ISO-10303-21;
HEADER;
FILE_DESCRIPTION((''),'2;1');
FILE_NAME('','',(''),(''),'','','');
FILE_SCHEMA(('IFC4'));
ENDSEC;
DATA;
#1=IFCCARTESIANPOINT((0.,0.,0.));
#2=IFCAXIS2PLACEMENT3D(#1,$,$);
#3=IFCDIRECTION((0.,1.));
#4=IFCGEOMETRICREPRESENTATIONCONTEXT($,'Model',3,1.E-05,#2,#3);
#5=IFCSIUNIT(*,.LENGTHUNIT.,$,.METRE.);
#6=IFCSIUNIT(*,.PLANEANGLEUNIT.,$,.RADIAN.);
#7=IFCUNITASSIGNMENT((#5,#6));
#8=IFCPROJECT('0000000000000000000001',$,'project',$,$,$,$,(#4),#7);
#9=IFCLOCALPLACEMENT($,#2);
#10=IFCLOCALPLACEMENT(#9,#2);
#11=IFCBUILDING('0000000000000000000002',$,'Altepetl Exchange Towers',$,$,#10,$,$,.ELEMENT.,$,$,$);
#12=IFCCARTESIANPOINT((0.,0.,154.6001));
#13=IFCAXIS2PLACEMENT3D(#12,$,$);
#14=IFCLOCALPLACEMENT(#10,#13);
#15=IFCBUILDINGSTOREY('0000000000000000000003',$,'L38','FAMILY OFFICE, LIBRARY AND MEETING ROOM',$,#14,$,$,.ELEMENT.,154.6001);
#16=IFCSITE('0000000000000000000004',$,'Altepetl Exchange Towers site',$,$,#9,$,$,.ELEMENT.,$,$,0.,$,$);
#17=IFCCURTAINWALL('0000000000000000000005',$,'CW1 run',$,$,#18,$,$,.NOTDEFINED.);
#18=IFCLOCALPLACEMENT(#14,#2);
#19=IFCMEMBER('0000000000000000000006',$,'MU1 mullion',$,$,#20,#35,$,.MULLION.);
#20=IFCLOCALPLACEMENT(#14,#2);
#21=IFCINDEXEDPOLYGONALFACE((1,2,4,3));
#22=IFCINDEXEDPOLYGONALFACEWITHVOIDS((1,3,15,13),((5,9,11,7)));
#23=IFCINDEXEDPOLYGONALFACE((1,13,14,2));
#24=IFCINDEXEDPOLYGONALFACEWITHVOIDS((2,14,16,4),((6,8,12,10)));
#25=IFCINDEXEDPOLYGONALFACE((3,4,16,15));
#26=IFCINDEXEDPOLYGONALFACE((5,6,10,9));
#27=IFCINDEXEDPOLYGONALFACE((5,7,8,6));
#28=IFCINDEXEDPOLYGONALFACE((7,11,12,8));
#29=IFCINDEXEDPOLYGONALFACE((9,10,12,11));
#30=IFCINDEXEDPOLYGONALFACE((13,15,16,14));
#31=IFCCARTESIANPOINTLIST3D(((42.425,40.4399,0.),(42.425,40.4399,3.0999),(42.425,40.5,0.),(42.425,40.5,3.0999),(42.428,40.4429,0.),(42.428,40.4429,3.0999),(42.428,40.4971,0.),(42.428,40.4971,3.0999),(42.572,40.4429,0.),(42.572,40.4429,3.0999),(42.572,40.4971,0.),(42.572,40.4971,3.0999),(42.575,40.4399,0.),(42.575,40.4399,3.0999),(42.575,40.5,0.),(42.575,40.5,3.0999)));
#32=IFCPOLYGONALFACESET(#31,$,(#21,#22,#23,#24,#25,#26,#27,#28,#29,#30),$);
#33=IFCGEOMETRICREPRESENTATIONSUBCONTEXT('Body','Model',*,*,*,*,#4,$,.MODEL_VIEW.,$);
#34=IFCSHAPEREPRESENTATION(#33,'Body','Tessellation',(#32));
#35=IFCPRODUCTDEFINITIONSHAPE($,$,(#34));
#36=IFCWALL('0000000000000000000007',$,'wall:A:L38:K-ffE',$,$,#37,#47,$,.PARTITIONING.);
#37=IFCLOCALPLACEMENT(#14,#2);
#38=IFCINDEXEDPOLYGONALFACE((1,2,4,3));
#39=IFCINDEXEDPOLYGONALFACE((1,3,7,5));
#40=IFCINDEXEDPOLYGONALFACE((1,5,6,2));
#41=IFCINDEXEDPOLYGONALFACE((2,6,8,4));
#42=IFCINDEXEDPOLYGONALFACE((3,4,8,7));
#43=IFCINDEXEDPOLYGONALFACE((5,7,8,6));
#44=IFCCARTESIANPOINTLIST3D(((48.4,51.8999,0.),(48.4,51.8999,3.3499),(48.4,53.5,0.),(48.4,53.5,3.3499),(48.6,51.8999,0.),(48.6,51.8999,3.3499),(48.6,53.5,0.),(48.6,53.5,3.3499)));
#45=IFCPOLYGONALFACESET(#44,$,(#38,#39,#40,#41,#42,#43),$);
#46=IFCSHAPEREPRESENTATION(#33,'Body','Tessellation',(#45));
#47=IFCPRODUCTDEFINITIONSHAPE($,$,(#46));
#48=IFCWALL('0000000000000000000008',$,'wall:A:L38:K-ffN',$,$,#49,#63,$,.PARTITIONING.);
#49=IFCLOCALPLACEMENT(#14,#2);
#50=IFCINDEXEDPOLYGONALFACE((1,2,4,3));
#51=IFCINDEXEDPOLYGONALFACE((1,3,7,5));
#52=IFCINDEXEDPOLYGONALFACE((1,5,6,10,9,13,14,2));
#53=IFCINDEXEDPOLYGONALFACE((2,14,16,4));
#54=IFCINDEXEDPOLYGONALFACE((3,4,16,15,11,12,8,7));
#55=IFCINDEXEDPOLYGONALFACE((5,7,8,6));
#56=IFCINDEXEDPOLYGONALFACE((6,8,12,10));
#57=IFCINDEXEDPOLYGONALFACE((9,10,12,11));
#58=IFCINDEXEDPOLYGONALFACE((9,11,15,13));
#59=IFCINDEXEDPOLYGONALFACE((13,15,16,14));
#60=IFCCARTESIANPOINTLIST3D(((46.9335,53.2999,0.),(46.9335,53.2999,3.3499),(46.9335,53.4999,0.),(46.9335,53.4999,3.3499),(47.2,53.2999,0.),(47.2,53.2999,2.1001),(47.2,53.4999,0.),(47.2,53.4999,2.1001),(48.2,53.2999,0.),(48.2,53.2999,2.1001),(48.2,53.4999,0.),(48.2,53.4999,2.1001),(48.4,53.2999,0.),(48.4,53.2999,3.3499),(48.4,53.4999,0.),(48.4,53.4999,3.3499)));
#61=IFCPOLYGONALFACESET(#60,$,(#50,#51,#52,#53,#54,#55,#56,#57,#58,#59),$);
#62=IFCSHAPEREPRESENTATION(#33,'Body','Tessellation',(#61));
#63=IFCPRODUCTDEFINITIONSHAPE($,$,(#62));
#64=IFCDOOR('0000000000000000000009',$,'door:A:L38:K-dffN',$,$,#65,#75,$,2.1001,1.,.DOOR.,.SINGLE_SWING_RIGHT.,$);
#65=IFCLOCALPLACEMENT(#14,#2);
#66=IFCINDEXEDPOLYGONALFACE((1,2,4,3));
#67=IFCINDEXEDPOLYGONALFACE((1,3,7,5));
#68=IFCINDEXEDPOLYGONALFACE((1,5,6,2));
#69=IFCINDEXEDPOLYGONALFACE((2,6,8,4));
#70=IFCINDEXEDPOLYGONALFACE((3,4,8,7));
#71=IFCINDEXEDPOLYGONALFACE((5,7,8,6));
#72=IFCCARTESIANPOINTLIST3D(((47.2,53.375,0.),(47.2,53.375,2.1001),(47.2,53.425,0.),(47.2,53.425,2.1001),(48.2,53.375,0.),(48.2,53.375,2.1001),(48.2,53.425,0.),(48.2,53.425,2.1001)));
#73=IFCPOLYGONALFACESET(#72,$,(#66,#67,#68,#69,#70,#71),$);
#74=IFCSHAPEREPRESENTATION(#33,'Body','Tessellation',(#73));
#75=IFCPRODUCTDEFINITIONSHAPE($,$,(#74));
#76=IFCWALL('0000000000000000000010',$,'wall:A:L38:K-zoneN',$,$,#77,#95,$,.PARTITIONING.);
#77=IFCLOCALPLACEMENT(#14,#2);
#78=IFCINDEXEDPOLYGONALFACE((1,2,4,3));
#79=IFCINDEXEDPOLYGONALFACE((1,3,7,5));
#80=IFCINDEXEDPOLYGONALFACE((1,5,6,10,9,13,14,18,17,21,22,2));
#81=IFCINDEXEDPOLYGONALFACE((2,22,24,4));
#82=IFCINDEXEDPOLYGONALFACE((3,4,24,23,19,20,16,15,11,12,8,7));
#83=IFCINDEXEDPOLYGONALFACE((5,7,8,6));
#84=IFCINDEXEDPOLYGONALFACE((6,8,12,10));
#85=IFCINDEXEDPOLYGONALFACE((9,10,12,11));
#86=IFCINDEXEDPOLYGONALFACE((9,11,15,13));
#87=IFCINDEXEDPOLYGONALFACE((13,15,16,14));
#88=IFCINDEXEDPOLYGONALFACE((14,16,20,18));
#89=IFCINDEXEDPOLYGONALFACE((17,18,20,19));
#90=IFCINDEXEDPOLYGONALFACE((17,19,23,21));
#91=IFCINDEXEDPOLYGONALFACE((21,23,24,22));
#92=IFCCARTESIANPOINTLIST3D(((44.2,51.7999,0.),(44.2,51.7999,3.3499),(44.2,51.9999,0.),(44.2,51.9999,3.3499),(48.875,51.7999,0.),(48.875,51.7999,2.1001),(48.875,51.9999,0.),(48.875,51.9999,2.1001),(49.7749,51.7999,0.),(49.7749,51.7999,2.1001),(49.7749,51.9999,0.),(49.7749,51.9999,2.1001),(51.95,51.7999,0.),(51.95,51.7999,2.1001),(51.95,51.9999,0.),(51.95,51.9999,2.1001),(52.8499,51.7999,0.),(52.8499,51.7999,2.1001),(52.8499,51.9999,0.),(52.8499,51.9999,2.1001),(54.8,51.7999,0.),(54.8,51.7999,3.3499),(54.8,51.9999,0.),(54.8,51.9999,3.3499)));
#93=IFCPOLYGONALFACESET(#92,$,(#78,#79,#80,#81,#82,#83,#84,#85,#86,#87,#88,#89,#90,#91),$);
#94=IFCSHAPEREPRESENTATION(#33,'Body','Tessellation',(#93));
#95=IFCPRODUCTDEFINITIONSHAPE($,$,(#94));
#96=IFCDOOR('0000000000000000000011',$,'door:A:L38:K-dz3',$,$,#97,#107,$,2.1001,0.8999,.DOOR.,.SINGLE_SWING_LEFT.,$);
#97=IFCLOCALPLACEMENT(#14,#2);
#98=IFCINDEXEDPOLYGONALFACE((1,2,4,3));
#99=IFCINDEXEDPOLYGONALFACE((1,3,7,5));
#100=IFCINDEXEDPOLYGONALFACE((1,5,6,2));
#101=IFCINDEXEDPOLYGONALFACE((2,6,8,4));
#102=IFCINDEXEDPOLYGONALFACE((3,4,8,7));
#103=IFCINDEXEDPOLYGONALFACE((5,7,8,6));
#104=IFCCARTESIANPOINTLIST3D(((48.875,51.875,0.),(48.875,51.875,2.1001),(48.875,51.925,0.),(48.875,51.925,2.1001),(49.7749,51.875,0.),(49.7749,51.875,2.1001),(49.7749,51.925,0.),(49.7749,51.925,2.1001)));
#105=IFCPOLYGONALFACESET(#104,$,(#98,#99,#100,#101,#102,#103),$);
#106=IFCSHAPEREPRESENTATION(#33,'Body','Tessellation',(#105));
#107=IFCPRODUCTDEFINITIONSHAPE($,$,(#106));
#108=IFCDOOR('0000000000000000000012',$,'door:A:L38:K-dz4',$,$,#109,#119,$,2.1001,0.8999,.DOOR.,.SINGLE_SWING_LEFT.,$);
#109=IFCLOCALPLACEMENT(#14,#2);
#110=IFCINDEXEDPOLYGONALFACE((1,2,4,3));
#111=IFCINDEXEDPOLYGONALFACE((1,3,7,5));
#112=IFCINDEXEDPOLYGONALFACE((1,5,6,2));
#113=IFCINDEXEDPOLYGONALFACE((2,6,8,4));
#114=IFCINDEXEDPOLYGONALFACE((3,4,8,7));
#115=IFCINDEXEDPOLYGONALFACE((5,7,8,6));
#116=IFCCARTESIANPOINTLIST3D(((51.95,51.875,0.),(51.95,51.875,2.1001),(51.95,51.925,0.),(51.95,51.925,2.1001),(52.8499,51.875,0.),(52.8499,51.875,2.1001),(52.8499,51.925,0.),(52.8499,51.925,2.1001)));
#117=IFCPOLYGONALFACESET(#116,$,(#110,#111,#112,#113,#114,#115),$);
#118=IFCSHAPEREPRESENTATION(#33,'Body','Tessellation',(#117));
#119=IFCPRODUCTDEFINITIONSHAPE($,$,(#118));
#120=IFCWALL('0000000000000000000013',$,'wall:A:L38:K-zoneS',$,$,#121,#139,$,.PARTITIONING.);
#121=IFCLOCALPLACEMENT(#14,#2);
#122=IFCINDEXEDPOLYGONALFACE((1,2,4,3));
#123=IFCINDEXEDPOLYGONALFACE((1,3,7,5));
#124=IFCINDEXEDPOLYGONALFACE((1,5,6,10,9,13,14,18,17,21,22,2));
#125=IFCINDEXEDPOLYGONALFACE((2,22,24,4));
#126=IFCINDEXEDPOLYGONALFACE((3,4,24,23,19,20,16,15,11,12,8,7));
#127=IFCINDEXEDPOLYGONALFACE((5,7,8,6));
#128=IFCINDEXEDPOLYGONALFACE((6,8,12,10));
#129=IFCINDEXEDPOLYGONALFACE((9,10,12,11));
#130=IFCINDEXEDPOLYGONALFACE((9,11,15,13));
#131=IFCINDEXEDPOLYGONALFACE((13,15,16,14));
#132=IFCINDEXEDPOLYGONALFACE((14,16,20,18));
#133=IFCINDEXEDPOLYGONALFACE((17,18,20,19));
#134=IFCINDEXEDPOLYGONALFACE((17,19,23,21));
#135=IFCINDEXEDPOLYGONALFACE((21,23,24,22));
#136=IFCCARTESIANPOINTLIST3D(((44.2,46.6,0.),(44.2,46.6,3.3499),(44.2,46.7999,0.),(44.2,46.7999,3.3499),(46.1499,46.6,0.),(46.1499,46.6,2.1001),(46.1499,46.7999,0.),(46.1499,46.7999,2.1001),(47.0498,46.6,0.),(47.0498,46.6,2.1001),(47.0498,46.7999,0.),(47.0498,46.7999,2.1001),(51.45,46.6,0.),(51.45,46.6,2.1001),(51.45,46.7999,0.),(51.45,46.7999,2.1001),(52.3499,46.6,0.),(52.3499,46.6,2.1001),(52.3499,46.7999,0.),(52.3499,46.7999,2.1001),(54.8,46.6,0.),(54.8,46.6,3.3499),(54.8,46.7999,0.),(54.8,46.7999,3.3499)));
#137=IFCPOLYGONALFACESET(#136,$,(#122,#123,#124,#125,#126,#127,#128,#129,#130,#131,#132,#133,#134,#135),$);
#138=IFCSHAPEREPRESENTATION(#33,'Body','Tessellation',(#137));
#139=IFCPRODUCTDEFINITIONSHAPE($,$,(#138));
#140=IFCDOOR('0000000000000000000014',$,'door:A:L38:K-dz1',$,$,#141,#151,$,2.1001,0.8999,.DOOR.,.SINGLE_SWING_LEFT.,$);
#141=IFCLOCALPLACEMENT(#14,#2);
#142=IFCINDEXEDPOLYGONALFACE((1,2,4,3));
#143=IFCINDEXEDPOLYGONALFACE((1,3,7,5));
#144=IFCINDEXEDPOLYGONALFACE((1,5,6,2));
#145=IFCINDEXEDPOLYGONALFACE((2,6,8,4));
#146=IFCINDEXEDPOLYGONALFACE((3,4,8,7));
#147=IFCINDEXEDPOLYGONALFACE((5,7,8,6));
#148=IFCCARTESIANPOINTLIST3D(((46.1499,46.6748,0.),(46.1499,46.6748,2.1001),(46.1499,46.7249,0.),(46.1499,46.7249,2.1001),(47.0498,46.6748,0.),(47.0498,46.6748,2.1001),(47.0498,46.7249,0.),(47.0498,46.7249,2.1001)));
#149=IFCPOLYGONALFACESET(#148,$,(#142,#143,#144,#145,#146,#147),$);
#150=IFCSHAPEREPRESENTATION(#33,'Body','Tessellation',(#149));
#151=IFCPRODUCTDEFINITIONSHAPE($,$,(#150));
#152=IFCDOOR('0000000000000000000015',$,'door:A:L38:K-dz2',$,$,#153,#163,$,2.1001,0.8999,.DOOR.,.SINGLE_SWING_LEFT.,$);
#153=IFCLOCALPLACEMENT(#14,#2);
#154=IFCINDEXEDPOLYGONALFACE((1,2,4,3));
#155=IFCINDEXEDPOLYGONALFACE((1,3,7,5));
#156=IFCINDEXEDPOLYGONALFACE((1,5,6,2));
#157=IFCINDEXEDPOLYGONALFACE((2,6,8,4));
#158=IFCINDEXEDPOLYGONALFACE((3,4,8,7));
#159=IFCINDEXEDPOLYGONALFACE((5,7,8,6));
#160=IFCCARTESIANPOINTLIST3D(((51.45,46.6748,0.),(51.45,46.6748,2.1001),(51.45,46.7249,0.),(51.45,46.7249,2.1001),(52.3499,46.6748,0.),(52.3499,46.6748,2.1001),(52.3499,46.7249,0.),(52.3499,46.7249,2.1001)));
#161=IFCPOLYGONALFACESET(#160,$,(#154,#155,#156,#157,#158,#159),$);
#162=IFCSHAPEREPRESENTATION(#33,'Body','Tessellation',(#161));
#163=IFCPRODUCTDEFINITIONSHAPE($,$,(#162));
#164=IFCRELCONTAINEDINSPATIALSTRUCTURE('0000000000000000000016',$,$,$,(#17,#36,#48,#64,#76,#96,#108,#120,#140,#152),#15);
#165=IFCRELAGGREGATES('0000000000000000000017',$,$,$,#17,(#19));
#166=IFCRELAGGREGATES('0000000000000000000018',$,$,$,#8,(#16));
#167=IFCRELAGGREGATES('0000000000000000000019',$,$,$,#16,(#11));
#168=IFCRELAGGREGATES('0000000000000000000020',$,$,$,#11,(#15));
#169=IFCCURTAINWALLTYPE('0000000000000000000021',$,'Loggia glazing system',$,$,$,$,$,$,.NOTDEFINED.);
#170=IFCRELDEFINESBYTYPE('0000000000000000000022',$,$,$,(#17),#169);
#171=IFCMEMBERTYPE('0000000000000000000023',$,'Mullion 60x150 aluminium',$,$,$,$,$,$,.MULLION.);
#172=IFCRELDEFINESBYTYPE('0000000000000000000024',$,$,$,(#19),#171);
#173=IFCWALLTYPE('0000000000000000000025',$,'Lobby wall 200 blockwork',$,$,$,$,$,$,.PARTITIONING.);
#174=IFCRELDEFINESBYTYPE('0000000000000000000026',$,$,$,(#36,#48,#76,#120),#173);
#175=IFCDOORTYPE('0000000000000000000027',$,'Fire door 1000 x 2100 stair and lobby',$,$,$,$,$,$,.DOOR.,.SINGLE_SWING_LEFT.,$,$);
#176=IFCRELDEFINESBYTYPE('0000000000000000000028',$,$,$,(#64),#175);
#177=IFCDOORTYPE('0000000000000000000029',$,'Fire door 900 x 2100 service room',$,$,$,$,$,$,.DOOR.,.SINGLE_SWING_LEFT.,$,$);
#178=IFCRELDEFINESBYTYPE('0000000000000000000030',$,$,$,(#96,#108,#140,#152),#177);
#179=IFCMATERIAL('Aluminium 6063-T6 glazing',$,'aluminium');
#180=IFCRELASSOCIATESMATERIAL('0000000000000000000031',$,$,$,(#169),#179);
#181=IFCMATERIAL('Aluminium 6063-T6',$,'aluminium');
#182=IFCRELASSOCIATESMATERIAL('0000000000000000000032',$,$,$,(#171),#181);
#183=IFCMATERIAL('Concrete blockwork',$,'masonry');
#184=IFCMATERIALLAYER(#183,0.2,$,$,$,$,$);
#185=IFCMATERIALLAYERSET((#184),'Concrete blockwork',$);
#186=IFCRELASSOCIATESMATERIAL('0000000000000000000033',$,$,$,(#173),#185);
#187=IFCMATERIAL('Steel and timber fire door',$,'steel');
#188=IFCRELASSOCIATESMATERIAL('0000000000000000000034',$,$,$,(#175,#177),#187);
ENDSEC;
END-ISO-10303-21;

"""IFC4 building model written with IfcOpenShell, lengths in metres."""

from ifc_helpers import new_model, si_unit, direction, frame, frame_2d, origin, origin_2d, place, context, subcontext, project, spatial, rectangle, hollow_rectangle, extrude, material, layer, layer_set, material_profile, profile_set, type_object, element, fill, aggregate, save


model = new_model("IFC4")

# Units and contexts
model_context = context("Model", 3, precision=1e-05, world=origin(), true_north=direction((0.0, 1.0)))
body_context = subcontext(model_context, "Body", "Model", "MODEL_VIEW")
ifc_project = project(units=[si_unit("LENGTHUNIT", "METRE"), si_unit("PLANEANGLEUNIT", "RADIAN")], contexts=[model_context])

# Site, building, storey
site_placement = place(None, origin())
site = spatial("IfcSite", under=ifc_project, at=site_placement, Name="Altepetl Exchange Towers site", CompositionType="ELEMENT", RefElevation=0.0)
building_placement = place(site_placement, origin())
building = spatial("IfcBuilding", under=site, at=building_placement, Name="Altepetl Exchange Towers", CompositionType="ELEMENT")
storey_placement = place(building_placement, frame((0.0, 0.0, 154.6001)))
storey = spatial("IfcBuildingStorey", under=building, at=storey_placement, Name="L38", Description="FAMILY OFFICE, LIBRARY AND MEETING ROOM", CompositionType="ELEMENT", Elevation=154.6001)

# Curtain wall, member
ifc_material_1 = material(Name="Aluminium 6063-T6 glazing", Category="aluminium")
curtain_wall_type = type_object("IfcCurtainWallType", Name="Loggia glazing system", PredefinedType="NOTDEFINED", material=ifc_material_1)
curtain_wall_placement = place(storey_placement, origin())
curtain_wall = element("IfcCurtainWall", 1, at=curtain_wall_placement, inside=storey, type_object=curtain_wall_type, Name="CW1 run", PredefinedType="NOTDEFINED")
ifc_material_2 = material(Name="Aluminium 6063-T6", Category="aluminium")
ifc_material_profile = material_profile(ifc_material_2, hollow_rectangle(XDim=0.0601, YDim=0.1499, WallThickness=0.0029, at=origin_2d()), Name="Mullion 60x150 aluminium")
ifc_profile_set = profile_set([ifc_material_profile], Name="Aluminium 6063-T6")
member_type = type_object("IfcMemberType", Name="Mullion 60x150 aluminium", PredefinedType="MULLION", material=ifc_profile_set)
member_placement = place(storey_placement, frame((42.5, 40.47, 0.0), z_axis=(0.0, 0.0, 1.0), x_axis=(0.0, -1.0, 0.0)))
member = element("IfcMember", 2, at=member_placement, type_object=member_type, Name="MU1 mullion", PredefinedType="MULLION", context=body_context, shape_type="SweptSolid", body=[
    extrude(hollow_rectangle(XDim=0.0601, YDim=0.1499, WallThickness=0.0029, at=origin_2d()), origin(), (0.0, 0.0, 1.0), 3.0999),
])
aggregate(curtain_wall, [member])

# Wall
ifc_material_3 = material(Name="Concrete blockwork", Category="masonry")
ifc_layer_1 = layer(ifc_material_3, 0.2)
ifc_layer_set_1 = layer_set([ifc_layer_1], Name="Concrete blockwork")
wall_type_1 = type_object("IfcWallType", Name="Lobby wall 200 blockwork", PredefinedType="PARTITIONING", material=ifc_layer_set_1)
wall_1_placement = place(storey_placement, frame((48.5, 51.8999, 0.0), z_axis=(0.0, 0.0, 1.0), x_axis=(0.0, 1.0, 0.0)))
element("IfcWall", 3, at=wall_1_placement, inside=storey, type_object=wall_type_1, Name="wall:A:L38:K-ffE", PredefinedType="PARTITIONING", context=body_context, shape_type="SweptSolid", body=[
    extrude(rectangle(XDim=1.6001, YDim=0.2, at=frame_2d((0.8, 0.0))), origin(), (0.0, 0.0, 1.0), 3.3499),
])

# Wall, opening, door
wall_2_placement = place(storey_placement, frame((46.9333, 53.3999, 0.0)))
wall_2 = element("IfcWall", 4, at=wall_2_placement, inside=storey, type_object=wall_type_1, Name="wall:A:L38:K-ffN", PredefinedType="PARTITIONING", context=body_context, shape_type="SweptSolid", body=[
    extrude(rectangle(XDim=1.4666, YDim=0.2, at=frame_2d((0.7334, 0.0))), origin(), (0.0, 0.0, 1.0), 3.3499),
])
opening_1_placement = place(wall_2_placement, frame((0.2666, 0.0, 0.0)))
opening_1 = element("IfcOpeningElement", 5, at=opening_1_placement, cuts=wall_2, PredefinedType="OPENING", context=body_context, shape_type="SweptSolid", body=[
    extrude(rectangle(XDim=1.0, YDim=2.1001, at=frame_2d((0.5, 1.05))), frame((0.0, 0.1099, 0.0), z_axis=(0.0, -1.0, 0.0), x_axis=(1.0, 0.0, 0.0)), (0.0, 0.0, 1.0), 0.22),
])
ifc_material_4 = material(Name="Steel and timber fire door", Category="steel")
door_type_1 = type_object("IfcDoorType", Name="Fire door 1000 x 2100 stair and lobby", OperationType="SINGLE_SWING_LEFT", PredefinedType="DOOR", material=ifc_material_4)
door_1_placement = place(opening_1_placement, frame((1.0, 0.0, 0.0), x_axis=(-1.0, 0.0, 0.0)))
door_1 = element("IfcDoor", 6, at=door_1_placement, inside=storey, type_object=door_type_1, Name="door:A:L38:K-dffN", OperationType="SINGLE_SWING_RIGHT", OverallHeight=2.1001, OverallWidth=1.0, PredefinedType="DOOR", context=body_context, shape_type="SweptSolid", body=[
    extrude(rectangle(XDim=1.0, YDim=2.1001, at=frame_2d((0.5, 1.05))), frame((0.0, 0.0249, 0.0), z_axis=(0.0, -1.0, 0.0), x_axis=(1.0, 0.0, 0.0)), (0.0, 0.0, 1.0), 0.05),
])
fill(opening_1, door_1)

# Walls, openings, doors
wall_3_placement = place(storey_placement, frame((44.2, 51.8999, 0.0)))
wall_3 = element("IfcWall", 7, at=wall_3_placement, inside=storey, type_object=wall_type_1, Name="wall:A:L38:K-zoneN", PredefinedType="PARTITIONING", context=body_context, shape_type="SweptSolid", body=[
    extrude(rectangle(XDim=10.6001, YDim=0.2, at=frame_2d((5.3, 0.0))), origin(), (0.0, 0.0, 1.0), 3.3499),
])
opening_2_placement = place(wall_3_placement, frame((4.675, 0.0, 0.0)))
opening_2 = element("IfcOpeningElement", 8, at=opening_2_placement, cuts=wall_3, PredefinedType="OPENING", context=body_context, shape_type="SweptSolid", body=[
    extrude(rectangle(XDim=0.8999, YDim=2.1001, at=frame_2d((0.45, 1.05))), frame((0.0, 0.1099, 0.0), z_axis=(0.0, -1.0, 0.0), x_axis=(1.0, 0.0, 0.0)), (0.0, 0.0, 1.0), 0.22),
])
opening_3_placement = place(wall_3_placement, frame((7.75, 0.0, 0.0)))
opening_3 = element("IfcOpeningElement", 9, at=opening_3_placement, cuts=wall_3, PredefinedType="OPENING", context=body_context, shape_type="SweptSolid", body=[
    extrude(rectangle(XDim=0.8999, YDim=2.1001, at=frame_2d((0.45, 1.05))), frame((0.0, 0.1099, 0.0), z_axis=(0.0, -1.0, 0.0), x_axis=(1.0, 0.0, 0.0)), (0.0, 0.0, 1.0), 0.22),
])
door_type_2 = type_object("IfcDoorType", Name="Fire door 900 x 2100 service room", OperationType="SINGLE_SWING_LEFT", PredefinedType="DOOR", material=ifc_material_4)
door_2_placement = place(opening_2_placement, frame((0.8999, 0.0, 0.0), x_axis=(-1.0, 0.0, 0.0)))
door_2 = element("IfcDoor", 10, at=door_2_placement, inside=storey, type_object=door_type_2, Name="door:A:L38:K-dz3", OperationType="SINGLE_SWING_LEFT", OverallHeight=2.1001, OverallWidth=0.8999, PredefinedType="DOOR", context=body_context, shape_type="SweptSolid", body=[
    extrude(rectangle(XDim=0.8999, YDim=2.1001, at=frame_2d((0.45, 1.05))), frame((0.0, 0.0249, 0.0), z_axis=(0.0, -1.0, 0.0), x_axis=(1.0, 0.0, 0.0)), (0.0, 0.0, 1.0), 0.05),
])
fill(opening_2, door_2)
door_3_placement = place(opening_3_placement, frame((0.8999, 0.0, 0.0), x_axis=(-1.0, 0.0, 0.0)))
door_3 = element("IfcDoor", 11, at=door_3_placement, inside=storey, type_object=door_type_2, Name="door:A:L38:K-dz4", OperationType="SINGLE_SWING_LEFT", OverallHeight=2.1001, OverallWidth=0.8999, PredefinedType="DOOR", context=body_context, shape_type="SweptSolid", body=[
    extrude(rectangle(XDim=0.8999, YDim=2.1001, at=frame_2d((0.45, 1.05))), frame((0.0, 0.0249, 0.0), z_axis=(0.0, -1.0, 0.0), x_axis=(1.0, 0.0, 0.0)), (0.0, 0.0, 1.0), 0.05),
])
fill(opening_3, door_3)
wall_4_placement = place(storey_placement, frame((44.2, 46.7, 0.0)))
wall_4 = element("IfcWall", 12, at=wall_4_placement, inside=storey, type_object=wall_type_1, Name="wall:A:L38:K-zoneS", PredefinedType="PARTITIONING", context=body_context, shape_type="SweptSolid", body=[
    extrude(rectangle(XDim=10.6001, YDim=0.2, at=frame_2d((5.3, 0.0))), origin(), (0.0, 0.0, 1.0), 3.3499),
])
opening_4_placement = place(wall_4_placement, frame((1.95, 0.0, 0.0)))
opening_4 = element("IfcOpeningElement", 13, at=opening_4_placement, cuts=wall_4, PredefinedType="OPENING", context=body_context, shape_type="SweptSolid", body=[
    extrude(rectangle(XDim=0.8999, YDim=2.1001, at=frame_2d((0.45, 1.05))), frame((0.0, 0.1099, 0.0), z_axis=(0.0, -1.0, 0.0), x_axis=(1.0, 0.0, 0.0)), (0.0, 0.0, 1.0), 0.22),
])
opening_5_placement = place(wall_4_placement, frame((7.25, 0.0, 0.0)))
opening_5 = element("IfcOpeningElement", 14, at=opening_5_placement, cuts=wall_4, PredefinedType="OPENING", context=body_context, shape_type="SweptSolid", body=[
    extrude(rectangle(XDim=0.8999, YDim=2.1001, at=frame_2d((0.45, 1.05))), frame((0.0, 0.1099, 0.0), z_axis=(0.0, -1.0, 0.0), x_axis=(1.0, 0.0, 0.0)), (0.0, 0.0, 1.0), 0.22),
])
door_4_placement = place(opening_4_placement, origin())
door_4 = element("IfcDoor", 15, at=door_4_placement, inside=storey, type_object=door_type_2, Name="door:A:L38:K-dz1", OperationType="SINGLE_SWING_LEFT", OverallHeight=2.1001, OverallWidth=0.8999, PredefinedType="DOOR", context=body_context, shape_type="SweptSolid", body=[
    extrude(rectangle(XDim=0.8999, YDim=2.1001, at=frame_2d((0.45, 1.05))), frame((0.0, 0.0249, 0.0), z_axis=(0.0, -1.0, 0.0), x_axis=(1.0, 0.0, 0.0)), (0.0, 0.0, 1.0), 0.05),
])
fill(opening_4, door_4)
door_5_placement = place(opening_5_placement, origin())
door_5 = element("IfcDoor", 16, at=door_5_placement, inside=storey, type_object=door_type_2, Name="door:A:L38:K-dz2", OperationType="SINGLE_SWING_LEFT", OverallHeight=2.1001, OverallWidth=0.8999, PredefinedType="DOOR", context=body_context, shape_type="SweptSolid", body=[
    extrude(rectangle(XDim=0.8999, YDim=2.1001, at=frame_2d((0.45, 1.05))), frame((0.0, 0.0249, 0.0), z_axis=(0.0, -1.0, 0.0), x_axis=(1.0, 0.0, 0.0)), (0.0, 0.0, 1.0), 0.05),
])
fill(opening_5, door_5)

save(model, "model.ifc")
